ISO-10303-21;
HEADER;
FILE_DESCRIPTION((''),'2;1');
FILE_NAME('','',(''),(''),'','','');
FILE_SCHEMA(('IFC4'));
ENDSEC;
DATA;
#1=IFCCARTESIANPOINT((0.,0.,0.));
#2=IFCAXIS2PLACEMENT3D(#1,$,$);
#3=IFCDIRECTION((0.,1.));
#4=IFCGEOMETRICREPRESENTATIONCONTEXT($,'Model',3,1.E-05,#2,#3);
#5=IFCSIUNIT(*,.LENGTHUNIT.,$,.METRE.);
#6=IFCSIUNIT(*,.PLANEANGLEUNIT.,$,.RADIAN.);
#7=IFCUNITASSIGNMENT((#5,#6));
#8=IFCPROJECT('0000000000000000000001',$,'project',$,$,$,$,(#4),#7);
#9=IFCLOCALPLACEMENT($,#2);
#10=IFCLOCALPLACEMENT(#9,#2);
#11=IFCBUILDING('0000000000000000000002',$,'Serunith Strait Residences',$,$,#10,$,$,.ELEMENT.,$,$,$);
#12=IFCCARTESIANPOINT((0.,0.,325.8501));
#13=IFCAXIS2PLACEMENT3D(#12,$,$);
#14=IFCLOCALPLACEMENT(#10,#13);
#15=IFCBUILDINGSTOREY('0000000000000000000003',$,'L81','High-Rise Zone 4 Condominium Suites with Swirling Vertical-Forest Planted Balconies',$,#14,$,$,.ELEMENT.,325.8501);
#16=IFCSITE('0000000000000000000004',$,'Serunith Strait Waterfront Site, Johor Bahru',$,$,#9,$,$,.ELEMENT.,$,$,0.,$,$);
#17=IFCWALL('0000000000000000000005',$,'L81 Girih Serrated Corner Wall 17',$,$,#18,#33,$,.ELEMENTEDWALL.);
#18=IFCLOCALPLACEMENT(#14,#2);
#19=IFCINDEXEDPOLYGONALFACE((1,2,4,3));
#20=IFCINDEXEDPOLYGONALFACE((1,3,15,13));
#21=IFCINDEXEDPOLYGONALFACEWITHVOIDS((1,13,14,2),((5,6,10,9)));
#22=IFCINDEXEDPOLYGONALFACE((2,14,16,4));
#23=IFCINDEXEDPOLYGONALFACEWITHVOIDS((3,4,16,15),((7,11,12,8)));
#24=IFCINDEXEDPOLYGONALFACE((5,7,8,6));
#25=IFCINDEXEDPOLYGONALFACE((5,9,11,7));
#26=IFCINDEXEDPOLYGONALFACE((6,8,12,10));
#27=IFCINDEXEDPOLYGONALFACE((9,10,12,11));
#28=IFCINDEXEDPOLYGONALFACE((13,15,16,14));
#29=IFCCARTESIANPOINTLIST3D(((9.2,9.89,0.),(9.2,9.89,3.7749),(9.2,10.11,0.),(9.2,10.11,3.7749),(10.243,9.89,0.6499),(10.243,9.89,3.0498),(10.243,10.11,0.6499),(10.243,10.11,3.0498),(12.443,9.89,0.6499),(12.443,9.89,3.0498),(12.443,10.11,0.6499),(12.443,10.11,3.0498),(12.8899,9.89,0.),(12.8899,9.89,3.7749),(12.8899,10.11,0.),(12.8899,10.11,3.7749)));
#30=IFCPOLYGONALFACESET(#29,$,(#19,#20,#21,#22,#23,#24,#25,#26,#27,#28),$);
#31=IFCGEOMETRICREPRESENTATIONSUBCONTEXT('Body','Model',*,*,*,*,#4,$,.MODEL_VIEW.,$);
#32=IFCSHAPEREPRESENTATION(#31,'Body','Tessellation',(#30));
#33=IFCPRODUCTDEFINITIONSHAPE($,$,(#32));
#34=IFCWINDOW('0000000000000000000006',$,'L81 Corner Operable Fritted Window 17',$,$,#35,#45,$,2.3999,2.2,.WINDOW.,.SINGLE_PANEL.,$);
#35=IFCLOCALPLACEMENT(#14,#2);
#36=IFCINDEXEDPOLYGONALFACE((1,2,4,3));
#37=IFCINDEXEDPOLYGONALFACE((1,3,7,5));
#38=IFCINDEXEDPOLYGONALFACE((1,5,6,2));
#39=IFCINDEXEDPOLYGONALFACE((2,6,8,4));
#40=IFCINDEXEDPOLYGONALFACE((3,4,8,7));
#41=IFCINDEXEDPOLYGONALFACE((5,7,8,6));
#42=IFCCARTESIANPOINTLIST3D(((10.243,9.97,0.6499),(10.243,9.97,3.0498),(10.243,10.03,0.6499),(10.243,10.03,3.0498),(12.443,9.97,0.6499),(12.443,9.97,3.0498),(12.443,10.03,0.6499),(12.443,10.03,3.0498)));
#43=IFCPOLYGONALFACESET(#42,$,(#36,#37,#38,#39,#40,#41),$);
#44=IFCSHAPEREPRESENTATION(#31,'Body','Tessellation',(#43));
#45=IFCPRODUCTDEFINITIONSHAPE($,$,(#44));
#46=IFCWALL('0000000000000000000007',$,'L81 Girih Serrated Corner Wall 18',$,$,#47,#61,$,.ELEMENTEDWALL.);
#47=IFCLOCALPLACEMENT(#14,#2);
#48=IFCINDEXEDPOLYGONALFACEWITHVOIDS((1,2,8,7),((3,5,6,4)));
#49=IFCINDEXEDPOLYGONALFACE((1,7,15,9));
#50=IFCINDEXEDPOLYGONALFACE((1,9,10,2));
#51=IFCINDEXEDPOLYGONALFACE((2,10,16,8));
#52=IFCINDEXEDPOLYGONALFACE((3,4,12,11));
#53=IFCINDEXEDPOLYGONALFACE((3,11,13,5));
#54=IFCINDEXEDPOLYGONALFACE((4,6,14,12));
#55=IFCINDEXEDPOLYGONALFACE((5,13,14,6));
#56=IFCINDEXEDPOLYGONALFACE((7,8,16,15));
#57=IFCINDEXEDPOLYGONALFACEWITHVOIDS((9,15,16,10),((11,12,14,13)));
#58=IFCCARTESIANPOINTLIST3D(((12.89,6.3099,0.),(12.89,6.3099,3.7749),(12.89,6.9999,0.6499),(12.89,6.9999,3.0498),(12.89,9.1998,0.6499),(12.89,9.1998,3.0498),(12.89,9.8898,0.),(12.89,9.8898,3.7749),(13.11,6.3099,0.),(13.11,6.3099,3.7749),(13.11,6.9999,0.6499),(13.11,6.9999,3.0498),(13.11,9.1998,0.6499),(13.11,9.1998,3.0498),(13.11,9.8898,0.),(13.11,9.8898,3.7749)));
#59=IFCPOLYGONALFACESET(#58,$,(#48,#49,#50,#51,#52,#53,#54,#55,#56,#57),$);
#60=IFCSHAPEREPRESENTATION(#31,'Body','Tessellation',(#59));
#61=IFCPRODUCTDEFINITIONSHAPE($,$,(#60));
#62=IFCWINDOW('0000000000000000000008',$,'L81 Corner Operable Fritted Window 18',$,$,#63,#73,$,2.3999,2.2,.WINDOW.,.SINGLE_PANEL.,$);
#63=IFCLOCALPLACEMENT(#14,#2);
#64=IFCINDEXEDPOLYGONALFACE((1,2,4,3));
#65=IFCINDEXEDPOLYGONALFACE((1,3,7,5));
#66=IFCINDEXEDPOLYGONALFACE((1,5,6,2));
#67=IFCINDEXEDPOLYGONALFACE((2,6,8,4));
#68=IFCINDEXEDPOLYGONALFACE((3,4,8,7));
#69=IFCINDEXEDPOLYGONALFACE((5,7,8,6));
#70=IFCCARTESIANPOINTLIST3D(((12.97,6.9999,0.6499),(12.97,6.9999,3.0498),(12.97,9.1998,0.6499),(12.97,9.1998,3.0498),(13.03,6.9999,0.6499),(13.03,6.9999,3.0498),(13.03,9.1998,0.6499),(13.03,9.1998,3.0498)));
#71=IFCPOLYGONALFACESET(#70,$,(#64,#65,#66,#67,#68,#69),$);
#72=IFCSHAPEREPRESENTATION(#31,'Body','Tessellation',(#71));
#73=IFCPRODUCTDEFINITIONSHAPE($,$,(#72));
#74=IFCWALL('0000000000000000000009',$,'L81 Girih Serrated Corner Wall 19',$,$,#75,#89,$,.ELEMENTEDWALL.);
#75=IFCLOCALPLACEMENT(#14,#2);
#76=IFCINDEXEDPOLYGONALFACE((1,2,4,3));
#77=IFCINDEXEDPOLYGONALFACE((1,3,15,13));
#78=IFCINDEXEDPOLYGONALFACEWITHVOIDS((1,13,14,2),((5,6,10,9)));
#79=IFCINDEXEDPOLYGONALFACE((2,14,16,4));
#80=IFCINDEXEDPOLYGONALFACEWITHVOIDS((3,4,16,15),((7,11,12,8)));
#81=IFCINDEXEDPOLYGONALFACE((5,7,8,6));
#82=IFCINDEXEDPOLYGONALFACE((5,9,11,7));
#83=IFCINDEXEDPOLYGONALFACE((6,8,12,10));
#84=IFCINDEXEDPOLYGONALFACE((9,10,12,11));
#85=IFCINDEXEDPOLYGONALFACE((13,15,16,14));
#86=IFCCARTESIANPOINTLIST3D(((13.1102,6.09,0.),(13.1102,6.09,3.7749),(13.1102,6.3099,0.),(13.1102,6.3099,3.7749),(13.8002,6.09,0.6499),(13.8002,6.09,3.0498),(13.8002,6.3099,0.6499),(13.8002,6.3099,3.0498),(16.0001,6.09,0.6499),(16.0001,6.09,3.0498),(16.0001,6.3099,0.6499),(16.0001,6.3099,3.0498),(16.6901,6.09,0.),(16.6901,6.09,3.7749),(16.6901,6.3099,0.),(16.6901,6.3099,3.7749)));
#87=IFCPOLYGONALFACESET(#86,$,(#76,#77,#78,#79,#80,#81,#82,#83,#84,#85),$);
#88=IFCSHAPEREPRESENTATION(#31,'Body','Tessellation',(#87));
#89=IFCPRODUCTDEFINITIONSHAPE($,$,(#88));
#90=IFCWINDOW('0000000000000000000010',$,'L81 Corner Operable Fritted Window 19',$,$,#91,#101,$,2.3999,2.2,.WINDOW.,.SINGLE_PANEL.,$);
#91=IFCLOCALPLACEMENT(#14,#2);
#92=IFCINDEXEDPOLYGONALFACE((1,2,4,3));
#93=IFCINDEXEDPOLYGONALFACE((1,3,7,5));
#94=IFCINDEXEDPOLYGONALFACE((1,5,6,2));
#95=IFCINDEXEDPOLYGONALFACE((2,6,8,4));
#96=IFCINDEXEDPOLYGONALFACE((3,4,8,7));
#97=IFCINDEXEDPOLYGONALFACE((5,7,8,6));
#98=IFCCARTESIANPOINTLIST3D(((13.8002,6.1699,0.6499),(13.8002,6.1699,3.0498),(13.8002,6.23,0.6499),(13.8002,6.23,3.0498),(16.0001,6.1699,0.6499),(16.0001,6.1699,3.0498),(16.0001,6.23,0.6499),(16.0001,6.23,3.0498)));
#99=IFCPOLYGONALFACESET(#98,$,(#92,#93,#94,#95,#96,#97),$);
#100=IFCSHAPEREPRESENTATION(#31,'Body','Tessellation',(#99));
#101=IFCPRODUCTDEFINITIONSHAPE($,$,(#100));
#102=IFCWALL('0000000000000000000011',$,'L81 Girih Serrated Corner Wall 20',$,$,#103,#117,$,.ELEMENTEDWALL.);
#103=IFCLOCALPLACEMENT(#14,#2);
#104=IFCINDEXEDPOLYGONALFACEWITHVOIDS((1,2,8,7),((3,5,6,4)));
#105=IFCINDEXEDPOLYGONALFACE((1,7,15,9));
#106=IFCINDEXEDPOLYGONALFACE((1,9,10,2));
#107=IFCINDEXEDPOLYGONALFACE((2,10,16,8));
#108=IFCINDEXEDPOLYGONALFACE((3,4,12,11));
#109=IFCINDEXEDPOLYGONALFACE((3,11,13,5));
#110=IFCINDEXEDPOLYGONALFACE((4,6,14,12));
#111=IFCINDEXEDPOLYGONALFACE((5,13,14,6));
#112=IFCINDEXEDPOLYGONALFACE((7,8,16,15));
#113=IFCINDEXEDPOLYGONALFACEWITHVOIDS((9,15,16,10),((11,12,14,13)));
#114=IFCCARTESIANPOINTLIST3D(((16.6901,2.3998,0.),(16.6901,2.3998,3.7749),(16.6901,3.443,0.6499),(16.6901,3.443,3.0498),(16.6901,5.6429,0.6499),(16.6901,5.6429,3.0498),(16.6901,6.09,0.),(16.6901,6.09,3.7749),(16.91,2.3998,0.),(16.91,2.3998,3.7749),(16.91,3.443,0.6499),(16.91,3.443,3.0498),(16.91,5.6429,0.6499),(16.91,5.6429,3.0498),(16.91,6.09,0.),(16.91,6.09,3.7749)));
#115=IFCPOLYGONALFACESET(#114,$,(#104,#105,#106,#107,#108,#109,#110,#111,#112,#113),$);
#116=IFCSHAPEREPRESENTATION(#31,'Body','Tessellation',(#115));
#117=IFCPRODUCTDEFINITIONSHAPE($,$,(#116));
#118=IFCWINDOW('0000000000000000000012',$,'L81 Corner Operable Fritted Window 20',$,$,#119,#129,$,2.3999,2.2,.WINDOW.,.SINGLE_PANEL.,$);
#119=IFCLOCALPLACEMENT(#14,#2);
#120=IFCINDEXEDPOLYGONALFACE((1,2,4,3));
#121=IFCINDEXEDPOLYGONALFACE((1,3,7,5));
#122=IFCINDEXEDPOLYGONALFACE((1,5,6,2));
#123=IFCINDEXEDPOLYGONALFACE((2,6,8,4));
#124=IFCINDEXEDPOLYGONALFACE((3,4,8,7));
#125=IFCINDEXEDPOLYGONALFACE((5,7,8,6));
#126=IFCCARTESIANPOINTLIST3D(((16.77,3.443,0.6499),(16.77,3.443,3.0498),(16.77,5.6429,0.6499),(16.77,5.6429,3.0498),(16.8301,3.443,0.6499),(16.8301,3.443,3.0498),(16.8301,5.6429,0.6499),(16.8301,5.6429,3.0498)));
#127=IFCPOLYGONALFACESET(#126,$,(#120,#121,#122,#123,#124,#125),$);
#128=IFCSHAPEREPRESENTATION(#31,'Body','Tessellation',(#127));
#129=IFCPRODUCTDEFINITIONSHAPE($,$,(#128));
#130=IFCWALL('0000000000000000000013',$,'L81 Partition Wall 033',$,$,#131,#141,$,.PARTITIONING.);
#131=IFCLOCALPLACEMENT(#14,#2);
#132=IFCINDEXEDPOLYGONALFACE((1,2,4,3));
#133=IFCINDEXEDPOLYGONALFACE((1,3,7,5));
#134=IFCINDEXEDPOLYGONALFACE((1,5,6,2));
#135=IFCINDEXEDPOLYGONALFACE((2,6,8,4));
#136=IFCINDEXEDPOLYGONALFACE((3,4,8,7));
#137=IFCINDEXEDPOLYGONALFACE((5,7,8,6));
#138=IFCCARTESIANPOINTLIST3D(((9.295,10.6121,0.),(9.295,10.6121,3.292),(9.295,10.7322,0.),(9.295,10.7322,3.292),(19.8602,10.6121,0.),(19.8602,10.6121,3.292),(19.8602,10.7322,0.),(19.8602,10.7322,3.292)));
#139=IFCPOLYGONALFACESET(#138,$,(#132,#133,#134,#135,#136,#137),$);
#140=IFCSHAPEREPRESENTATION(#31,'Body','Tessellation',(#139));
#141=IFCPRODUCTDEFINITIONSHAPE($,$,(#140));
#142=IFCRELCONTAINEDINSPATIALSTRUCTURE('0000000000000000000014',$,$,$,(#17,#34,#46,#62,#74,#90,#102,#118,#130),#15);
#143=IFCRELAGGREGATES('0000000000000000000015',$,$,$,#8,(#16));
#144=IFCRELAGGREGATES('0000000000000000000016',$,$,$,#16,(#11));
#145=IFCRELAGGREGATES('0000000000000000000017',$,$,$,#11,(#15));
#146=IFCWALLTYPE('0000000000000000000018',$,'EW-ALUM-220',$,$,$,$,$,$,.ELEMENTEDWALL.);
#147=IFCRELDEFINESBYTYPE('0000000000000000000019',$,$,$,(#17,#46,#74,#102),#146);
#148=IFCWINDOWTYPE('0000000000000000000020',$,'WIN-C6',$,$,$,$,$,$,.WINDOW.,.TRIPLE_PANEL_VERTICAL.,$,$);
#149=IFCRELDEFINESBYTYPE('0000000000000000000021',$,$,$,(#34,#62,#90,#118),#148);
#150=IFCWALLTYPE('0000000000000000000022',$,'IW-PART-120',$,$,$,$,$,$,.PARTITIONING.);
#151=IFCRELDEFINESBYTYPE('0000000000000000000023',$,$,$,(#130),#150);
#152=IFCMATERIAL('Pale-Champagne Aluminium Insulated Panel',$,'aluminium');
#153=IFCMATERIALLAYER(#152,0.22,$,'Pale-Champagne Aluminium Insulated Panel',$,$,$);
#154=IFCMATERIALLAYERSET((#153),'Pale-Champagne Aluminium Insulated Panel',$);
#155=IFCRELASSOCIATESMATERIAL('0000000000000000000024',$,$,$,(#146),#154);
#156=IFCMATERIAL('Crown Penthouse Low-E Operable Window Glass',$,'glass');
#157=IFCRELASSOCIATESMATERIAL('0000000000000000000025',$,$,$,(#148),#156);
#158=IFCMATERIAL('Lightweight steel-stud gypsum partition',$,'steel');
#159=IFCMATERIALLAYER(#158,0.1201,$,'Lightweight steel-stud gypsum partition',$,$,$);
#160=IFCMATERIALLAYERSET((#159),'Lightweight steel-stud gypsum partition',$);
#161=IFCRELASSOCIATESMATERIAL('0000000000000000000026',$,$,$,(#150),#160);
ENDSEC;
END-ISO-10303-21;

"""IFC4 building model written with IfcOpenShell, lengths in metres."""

from ifc_helpers import new_model, si_unit, direction, frame, frame_2d, origin, place, context, subcontext, project, spatial, rectangle, extrude, source, transform, mapped, material, layer, layer_set, type_object, element, fill, save


model = new_model("IFC4")

# Units and contexts
model_context = context("Model", 3, precision=1e-05, world=origin(), true_north=direction((0.0, 1.0)))
body_context = subcontext(model_context, "Body", "Model", "MODEL_VIEW")
ifc_project = project(units=[si_unit("LENGTHUNIT", "METRE"), si_unit("PLANEANGLEUNIT", "RADIAN")], contexts=[model_context])

# Site, building, storey
site_placement = place(None, origin())
site = spatial("IfcSite", under=ifc_project, at=site_placement, Name="Serunith Strait Waterfront Site, Johor Bahru", CompositionType="ELEMENT", RefElevation=0.0)
building_placement = place(site_placement, origin())
building = spatial("IfcBuilding", under=site, at=building_placement, Name="Serunith Strait Residences", CompositionType="ELEMENT")
storey_placement = place(building_placement, frame((0.0, 0.0, 325.8501)))
storey = spatial("IfcBuildingStorey", under=building, at=storey_placement, Name="L81", Description="High-Rise Zone 4 Condominium Suites with Swirling Vertical-Forest Planted Balconies", CompositionType="ELEMENT", Elevation=325.8501)

# Walls, openings, windows
ifc_material_1 = material(Name="Pale-Champagne Aluminium Insulated Panel", Category="aluminium")
ifc_layer_1 = layer(ifc_material_1, 0.22, Name="Pale-Champagne Aluminium Insulated Panel")
ifc_layer_set_1 = layer_set([ifc_layer_1], Name="Pale-Champagne Aluminium Insulated Panel")
wall_type_1 = type_object("IfcWallType", Name="EW-ALUM-220", PredefinedType="ELEMENTEDWALL", material=ifc_layer_set_1)
wall_1_placement = place(storey_placement, frame((9.2, 10.0, 0.0), z_axis=(0.0, 0.0, 1.0), x_axis=(1.0, 0.0, 0.0)))
wall_1 = element("IfcWall", 1, at=wall_1_placement, inside=storey, type_object=wall_type_1, Name="L81 Girih Serrated Corner Wall 17", PredefinedType="ELEMENTEDWALL", context=body_context, shape_type="SweptSolid", body=[
    extrude(rectangle(XDim=3.6899, YDim=0.22, at=frame_2d((1.845, 0.0))), origin(), (0.0, 0.0, 1.0), 3.7749),
])
opening_1_placement = place(wall_1_placement, frame((1.043, 0.0, 0.6499)))
opening_1 = element("IfcOpeningElement", 2, at=opening_1_placement, cuts=wall_1, PredefinedType="OPENING", context=body_context, shape_type="SweptSolid", body=[
    extrude(rectangle(XDim=2.2, YDim=2.3999, at=frame_2d((1.1001, 1.2))), frame((0.0, 0.1201, 0.0), z_axis=(0.0, -1.0, 0.0), x_axis=(1.0, 0.0, 0.0)), (0.0, 0.0, 1.0), 0.24),
])
ifc_material_2 = material(Name="Crown Penthouse Low-E Operable Window Glass", Category="glass")
window_type = type_object("IfcWindowType", Name="WIN-C6", PartitioningType="TRIPLE_PANEL_VERTICAL", PredefinedType="WINDOW", material=ifc_material_2)
shared_shape_1 = source(origin(), body_context, "Body", "SweptSolid", [
    extrude(rectangle(XDim=2.2, YDim=2.3999, at=frame_2d((1.1001, 1.2))), frame((0.0, 0.03, 0.0), z_axis=(0.0, -1.0, 0.0), x_axis=(1.0, 0.0, 0.0)), (0.0, 0.0, 1.0), 0.0601),
])
window_1_placement = place(opening_1_placement, origin())
window_1 = element("IfcWindow", 3, at=window_1_placement, inside=storey, type_object=window_type, Name="L81 Corner Operable Fritted Window 17", OverallHeight=2.3999, OverallWidth=2.2, PartitioningType="SINGLE_PANEL", PredefinedType="WINDOW", context=body_context, shape_type="MappedRepresentation", body=[
    mapped(shared_shape_1, transform((0.0, 0.0, 0.0), scale=1.0)),
])
fill(opening_1, window_1)
wall_2_placement = place(storey_placement, frame((13.0, 9.8899, 0.0), z_axis=(0.0, 0.0, 1.0), x_axis=(0.0, -1.0, 0.0)))
wall_2 = element("IfcWall", 4, at=wall_2_placement, inside=storey, type_object=wall_type_1, Name="L81 Girih Serrated Corner Wall 18", PredefinedType="ELEMENTEDWALL", context=body_context, shape_type="SweptSolid", body=[
    extrude(rectangle(XDim=3.5798, YDim=0.22, at=frame_2d((1.79, 0.0))), origin(), (0.0, 0.0, 1.0), 3.7749),
])
opening_2_placement = place(wall_2_placement, frame((0.6899, 0.0, 0.6499)))
opening_2 = element("IfcOpeningElement", 5, at=opening_2_placement, cuts=wall_2, PredefinedType="OPENING", context=body_context, shape_type="SweptSolid", body=[
    extrude(rectangle(XDim=2.2, YDim=2.3999, at=frame_2d((1.1001, 1.2))), frame((0.0, 0.1201, 0.0), z_axis=(0.0, -1.0, 0.0), x_axis=(1.0, 0.0, 0.0)), (0.0, 0.0, 1.0), 0.24),
])
window_2_placement = place(opening_2_placement, origin())
window_2 = element("IfcWindow", 6, at=window_2_placement, inside=storey, type_object=window_type, Name="L81 Corner Operable Fritted Window 18", OverallHeight=2.3999, OverallWidth=2.2, PartitioningType="SINGLE_PANEL", PredefinedType="WINDOW", context=body_context, shape_type="MappedRepresentation", body=[
    mapped(shared_shape_1, transform((0.0, 0.0, 0.0), scale=1.0)),
])
fill(opening_2, window_2)
wall_3_placement = place(storey_placement, frame((13.1101, 6.2, 0.0), z_axis=(0.0, 0.0, 1.0), x_axis=(1.0, 0.0, 0.0)))
wall_3 = element("IfcWall", 7, at=wall_3_placement, inside=storey, type_object=wall_type_1, Name="L81 Girih Serrated Corner Wall 19", PredefinedType="ELEMENTEDWALL", context=body_context, shape_type="SweptSolid", body=[
    extrude(rectangle(XDim=3.5798, YDim=0.22, at=frame_2d((1.79, 0.0))), origin(), (0.0, 0.0, 1.0), 3.7749),
])
opening_3_placement = place(wall_3_placement, frame((0.6899, 0.0, 0.6499)))
opening_3 = element("IfcOpeningElement", 8, at=opening_3_placement, cuts=wall_3, PredefinedType="OPENING", context=body_context, shape_type="SweptSolid", body=[
    extrude(rectangle(XDim=2.2, YDim=2.3999, at=frame_2d((1.1001, 1.2))), frame((0.0, 0.1201, 0.0), z_axis=(0.0, -1.0, 0.0), x_axis=(1.0, 0.0, 0.0)), (0.0, 0.0, 1.0), 0.24),
])
window_3_placement = place(opening_3_placement, origin())
window_3 = element("IfcWindow", 9, at=window_3_placement, inside=storey, type_object=window_type, Name="L81 Corner Operable Fritted Window 19", OverallHeight=2.3999, OverallWidth=2.2, PartitioningType="SINGLE_PANEL", PredefinedType="WINDOW", context=body_context, shape_type="MappedRepresentation", body=[
    mapped(shared_shape_1, transform((0.0, 0.0, 0.0), scale=1.0)),
])
fill(opening_3, window_3)
wall_4_placement = place(storey_placement, frame((16.8, 6.0901, 0.0), z_axis=(0.0, 0.0, 1.0), x_axis=(0.0, -1.0, 0.0)))
wall_4 = element("IfcWall", 10, at=wall_4_placement, inside=storey, type_object=wall_type_1, Name="L81 Girih Serrated Corner Wall 20", PredefinedType="ELEMENTEDWALL", context=body_context, shape_type="SweptSolid", body=[
    extrude(rectangle(XDim=3.6902, YDim=0.22, at=frame_2d((1.8452, 0.0))), origin(), (0.0, 0.0, 1.0), 3.7749),
])
opening_4_placement = place(wall_4_placement, frame((0.447, 0.0, 0.6499)))
opening_4 = element("IfcOpeningElement", 11, at=opening_4_placement, cuts=wall_4, PredefinedType="OPENING", context=body_context, shape_type="SweptSolid", body=[
    extrude(rectangle(XDim=2.2, YDim=2.3999, at=frame_2d((1.1001, 1.2))), frame((0.0, 0.1201, 0.0), z_axis=(0.0, -1.0, 0.0), x_axis=(1.0, 0.0, 0.0)), (0.0, 0.0, 1.0), 0.24),
])
window_4_placement = place(opening_4_placement, origin())
window_4 = element("IfcWindow", 12, at=window_4_placement, inside=storey, type_object=window_type, Name="L81 Corner Operable Fritted Window 20", OverallHeight=2.3999, OverallWidth=2.2, PartitioningType="SINGLE_PANEL", PredefinedType="WINDOW", context=body_context, shape_type="MappedRepresentation", body=[
    mapped(shared_shape_1, transform((0.0, 0.0, 0.0), scale=1.0)),
])
fill(opening_4, window_4)

# Wall
ifc_material_3 = material(Name="Lightweight steel-stud gypsum partition", Category="steel")
ifc_layer_2 = layer(ifc_material_3, 0.1201, Name="Lightweight steel-stud gypsum partition")
ifc_layer_set_2 = layer_set([ifc_layer_2], Name="Lightweight steel-stud gypsum partition")
wall_type_2 = type_object("IfcWallType", Name="IW-PART-120", PredefinedType="PARTITIONING", material=ifc_layer_set_2)
wall_5_placement = place(storey_placement, frame((9.2949, 10.6721, 0.0), z_axis=(0.0, 0.0, 1.0), x_axis=(1.0, 0.0, 0.0)))
element("IfcWall", 13, at=wall_5_placement, inside=storey, type_object=wall_type_2, Name="L81 Partition Wall 033", PredefinedType="PARTITIONING", context=body_context, shape_type="SweptSolid", body=[
    extrude(rectangle(XDim=10.5652, YDim=0.1201, at=frame_2d((5.2827, 0.0))), origin(), (0.0, 0.0, 1.0), 3.292),
])

save(model, "model.ifc")
